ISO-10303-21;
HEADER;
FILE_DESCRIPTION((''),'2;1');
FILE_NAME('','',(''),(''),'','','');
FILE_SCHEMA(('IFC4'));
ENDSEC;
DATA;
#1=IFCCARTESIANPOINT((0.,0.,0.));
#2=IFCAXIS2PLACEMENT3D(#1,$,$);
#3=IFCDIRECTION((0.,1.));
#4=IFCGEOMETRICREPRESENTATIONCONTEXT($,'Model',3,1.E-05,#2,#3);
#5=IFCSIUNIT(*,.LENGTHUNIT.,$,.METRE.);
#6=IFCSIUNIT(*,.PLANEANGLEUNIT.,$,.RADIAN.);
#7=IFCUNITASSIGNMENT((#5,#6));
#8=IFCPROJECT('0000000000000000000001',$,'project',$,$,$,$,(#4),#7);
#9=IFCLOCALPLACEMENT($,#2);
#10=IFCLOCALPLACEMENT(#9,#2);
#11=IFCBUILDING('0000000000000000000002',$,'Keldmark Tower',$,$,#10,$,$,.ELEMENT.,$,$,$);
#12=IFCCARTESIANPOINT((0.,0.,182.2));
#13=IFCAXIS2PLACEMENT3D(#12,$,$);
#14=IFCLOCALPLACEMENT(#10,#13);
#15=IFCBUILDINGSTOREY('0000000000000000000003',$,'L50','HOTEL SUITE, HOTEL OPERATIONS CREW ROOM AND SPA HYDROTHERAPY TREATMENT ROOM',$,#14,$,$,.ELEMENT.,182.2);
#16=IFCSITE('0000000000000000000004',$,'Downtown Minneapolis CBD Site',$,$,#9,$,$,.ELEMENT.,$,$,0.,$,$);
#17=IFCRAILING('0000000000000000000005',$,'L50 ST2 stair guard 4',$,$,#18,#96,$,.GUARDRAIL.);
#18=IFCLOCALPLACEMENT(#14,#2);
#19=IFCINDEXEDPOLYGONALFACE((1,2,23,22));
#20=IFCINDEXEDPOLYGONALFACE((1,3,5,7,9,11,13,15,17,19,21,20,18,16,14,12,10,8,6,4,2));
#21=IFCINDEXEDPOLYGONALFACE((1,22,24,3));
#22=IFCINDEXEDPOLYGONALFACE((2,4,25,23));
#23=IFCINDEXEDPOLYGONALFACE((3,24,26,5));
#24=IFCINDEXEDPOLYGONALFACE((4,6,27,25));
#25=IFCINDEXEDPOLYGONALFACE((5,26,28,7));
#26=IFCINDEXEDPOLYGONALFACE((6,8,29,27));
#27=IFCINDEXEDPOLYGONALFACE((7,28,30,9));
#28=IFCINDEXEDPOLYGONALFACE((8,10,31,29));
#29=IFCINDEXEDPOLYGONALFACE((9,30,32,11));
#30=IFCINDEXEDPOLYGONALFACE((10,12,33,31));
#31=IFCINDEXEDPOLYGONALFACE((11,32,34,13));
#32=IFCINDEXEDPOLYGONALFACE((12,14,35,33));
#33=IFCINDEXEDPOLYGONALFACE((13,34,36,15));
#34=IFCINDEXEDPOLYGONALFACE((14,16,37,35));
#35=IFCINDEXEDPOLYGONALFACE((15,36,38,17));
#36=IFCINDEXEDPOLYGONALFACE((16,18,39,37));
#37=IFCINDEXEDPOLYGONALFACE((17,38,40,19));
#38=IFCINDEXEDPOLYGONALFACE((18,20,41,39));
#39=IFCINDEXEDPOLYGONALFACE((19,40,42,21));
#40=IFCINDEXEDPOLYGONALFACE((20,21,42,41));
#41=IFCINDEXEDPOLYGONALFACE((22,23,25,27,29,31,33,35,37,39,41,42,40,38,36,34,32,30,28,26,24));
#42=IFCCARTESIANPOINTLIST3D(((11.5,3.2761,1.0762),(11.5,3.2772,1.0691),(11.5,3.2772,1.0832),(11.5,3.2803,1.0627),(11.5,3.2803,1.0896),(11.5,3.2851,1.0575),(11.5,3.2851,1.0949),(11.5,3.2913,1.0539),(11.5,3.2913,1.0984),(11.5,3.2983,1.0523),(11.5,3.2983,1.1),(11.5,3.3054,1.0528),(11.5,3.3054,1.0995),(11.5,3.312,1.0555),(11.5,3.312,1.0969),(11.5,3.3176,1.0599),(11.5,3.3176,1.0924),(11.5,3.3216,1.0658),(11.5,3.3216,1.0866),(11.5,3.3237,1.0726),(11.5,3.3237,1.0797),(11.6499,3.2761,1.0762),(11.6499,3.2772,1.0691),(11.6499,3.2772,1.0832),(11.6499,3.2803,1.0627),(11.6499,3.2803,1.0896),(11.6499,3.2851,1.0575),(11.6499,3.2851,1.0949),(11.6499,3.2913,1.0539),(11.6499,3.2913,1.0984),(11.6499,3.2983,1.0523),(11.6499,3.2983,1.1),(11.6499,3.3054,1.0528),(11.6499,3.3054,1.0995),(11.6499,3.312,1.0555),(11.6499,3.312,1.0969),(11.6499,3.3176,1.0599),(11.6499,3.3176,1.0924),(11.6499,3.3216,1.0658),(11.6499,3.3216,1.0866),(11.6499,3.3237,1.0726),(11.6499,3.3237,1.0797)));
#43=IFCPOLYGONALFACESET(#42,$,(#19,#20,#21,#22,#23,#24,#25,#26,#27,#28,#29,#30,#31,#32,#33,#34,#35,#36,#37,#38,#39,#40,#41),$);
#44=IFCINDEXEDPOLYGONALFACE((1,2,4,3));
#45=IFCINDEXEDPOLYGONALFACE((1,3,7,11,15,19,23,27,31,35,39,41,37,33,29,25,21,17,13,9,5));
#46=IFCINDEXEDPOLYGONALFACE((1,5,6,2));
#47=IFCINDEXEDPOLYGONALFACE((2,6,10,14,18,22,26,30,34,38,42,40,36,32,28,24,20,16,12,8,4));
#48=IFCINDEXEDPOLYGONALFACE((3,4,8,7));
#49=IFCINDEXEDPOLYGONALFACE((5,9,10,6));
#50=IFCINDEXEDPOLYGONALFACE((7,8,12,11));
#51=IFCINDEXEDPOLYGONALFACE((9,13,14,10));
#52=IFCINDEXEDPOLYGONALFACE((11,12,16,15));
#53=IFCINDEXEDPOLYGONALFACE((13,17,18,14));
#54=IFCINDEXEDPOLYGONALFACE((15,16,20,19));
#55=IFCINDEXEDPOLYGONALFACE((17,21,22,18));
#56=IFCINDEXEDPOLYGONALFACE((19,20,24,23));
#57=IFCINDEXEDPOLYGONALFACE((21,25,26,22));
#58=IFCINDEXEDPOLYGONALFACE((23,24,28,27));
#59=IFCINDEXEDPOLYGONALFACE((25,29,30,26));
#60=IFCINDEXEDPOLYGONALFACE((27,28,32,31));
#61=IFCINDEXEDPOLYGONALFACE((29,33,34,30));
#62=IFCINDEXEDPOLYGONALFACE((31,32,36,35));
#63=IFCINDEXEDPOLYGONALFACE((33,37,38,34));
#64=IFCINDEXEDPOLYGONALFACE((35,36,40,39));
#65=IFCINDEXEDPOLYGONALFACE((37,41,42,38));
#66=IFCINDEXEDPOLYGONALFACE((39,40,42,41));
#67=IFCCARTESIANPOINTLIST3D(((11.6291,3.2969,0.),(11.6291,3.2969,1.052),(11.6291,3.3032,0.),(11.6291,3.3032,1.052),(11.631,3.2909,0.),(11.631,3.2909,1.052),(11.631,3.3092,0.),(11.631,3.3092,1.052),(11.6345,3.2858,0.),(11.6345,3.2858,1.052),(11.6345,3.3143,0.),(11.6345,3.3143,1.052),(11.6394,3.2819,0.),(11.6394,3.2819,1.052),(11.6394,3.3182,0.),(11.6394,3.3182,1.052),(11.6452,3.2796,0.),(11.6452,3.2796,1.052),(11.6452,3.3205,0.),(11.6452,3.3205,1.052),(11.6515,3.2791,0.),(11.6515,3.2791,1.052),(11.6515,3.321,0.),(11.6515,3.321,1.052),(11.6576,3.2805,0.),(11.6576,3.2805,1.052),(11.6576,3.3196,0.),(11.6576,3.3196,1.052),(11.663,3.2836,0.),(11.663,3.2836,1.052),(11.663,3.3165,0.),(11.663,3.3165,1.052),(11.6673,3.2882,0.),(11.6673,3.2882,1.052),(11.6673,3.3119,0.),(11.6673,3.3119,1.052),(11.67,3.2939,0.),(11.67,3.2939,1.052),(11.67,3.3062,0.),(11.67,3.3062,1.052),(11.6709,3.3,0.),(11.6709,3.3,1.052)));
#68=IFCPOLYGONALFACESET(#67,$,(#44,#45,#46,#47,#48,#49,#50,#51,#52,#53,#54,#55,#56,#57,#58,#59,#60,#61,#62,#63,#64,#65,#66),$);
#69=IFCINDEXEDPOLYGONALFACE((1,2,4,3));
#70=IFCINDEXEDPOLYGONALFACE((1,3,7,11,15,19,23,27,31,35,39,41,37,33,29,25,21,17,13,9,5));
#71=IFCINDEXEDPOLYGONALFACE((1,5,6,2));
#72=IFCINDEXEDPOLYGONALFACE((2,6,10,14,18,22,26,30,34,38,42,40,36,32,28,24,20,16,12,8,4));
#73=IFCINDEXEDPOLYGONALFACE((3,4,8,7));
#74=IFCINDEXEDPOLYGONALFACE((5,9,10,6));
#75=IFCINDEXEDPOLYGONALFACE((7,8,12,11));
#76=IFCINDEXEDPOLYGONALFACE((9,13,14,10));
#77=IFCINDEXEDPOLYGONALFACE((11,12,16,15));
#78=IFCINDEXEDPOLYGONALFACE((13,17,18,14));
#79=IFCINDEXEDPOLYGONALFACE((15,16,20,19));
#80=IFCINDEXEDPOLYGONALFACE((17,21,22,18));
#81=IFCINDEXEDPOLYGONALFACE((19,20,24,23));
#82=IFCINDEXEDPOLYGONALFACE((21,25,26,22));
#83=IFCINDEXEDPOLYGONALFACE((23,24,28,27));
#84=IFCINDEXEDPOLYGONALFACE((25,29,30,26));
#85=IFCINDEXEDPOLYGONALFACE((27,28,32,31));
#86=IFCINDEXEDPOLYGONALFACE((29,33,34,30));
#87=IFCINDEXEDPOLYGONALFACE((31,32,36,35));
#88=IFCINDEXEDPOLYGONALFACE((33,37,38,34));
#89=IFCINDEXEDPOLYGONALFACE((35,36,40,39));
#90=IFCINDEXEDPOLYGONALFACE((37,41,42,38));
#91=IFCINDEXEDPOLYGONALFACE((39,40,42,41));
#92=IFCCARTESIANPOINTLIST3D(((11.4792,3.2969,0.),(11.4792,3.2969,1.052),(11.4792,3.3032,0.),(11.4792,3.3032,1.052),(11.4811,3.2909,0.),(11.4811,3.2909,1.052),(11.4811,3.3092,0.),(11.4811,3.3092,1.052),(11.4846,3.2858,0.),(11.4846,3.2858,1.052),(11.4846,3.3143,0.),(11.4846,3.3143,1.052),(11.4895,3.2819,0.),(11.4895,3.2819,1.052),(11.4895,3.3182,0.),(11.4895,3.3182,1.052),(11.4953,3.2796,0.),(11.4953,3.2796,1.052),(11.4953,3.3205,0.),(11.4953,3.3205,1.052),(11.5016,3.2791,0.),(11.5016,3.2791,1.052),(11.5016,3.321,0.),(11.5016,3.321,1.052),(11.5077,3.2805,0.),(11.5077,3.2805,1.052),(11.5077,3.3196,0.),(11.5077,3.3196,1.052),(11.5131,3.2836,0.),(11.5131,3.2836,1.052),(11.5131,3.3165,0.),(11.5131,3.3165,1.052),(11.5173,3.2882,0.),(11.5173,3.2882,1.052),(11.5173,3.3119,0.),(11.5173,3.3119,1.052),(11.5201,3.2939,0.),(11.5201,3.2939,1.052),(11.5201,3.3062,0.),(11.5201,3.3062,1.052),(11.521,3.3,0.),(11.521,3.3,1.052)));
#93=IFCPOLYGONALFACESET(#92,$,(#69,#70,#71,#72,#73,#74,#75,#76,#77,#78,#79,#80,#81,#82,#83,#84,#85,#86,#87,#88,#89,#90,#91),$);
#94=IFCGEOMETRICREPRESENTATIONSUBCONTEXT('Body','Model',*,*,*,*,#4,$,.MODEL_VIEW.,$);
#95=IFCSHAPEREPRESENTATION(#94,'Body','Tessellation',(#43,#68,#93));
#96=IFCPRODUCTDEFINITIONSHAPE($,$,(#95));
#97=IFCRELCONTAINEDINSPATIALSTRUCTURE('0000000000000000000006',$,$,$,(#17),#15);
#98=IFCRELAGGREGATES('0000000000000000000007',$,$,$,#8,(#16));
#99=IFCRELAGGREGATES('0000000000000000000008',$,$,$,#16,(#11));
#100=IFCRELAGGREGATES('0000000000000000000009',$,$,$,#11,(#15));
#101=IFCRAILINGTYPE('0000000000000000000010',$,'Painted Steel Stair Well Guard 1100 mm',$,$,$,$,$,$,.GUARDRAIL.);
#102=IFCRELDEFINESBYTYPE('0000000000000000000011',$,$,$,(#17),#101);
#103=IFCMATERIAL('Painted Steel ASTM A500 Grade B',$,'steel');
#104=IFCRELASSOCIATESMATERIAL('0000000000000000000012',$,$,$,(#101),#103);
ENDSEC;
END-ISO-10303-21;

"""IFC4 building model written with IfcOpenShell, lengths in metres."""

from ifc_helpers import new_model, si_unit, direction, frame, origin, origin_2d, place, context, subcontext, project, spatial, circle, extrude, material, type_object, element, save


model = new_model("IFC4")

# Units and contexts
model_context = context("Model", 3, precision=1e-05, world=origin(), true_north=direction((0.0, 1.0)))
body_context = subcontext(model_context, "Body", "Model", "MODEL_VIEW")
ifc_project = project(units=[si_unit("LENGTHUNIT", "METRE"), si_unit("PLANEANGLEUNIT", "RADIAN")], contexts=[model_context])

# Site, building, storey
site_placement = place(None, origin())
site = spatial("IfcSite", under=ifc_project, at=site_placement, Name="Downtown Minneapolis CBD Site", CompositionType="ELEMENT", RefElevation=0.0)
building_placement = place(site_placement, origin())
building = spatial("IfcBuilding", under=site, at=building_placement, Name="Keldmark Tower", CompositionType="ELEMENT")
storey_placement = place(building_placement, frame((0.0, 0.0, 182.2)))
storey = spatial("IfcBuildingStorey", under=building, at=storey_placement, Name="L50", Description="HOTEL SUITE, HOTEL OPERATIONS CREW ROOM AND SPA HYDROTHERAPY TREATMENT ROOM", CompositionType="ELEMENT", Elevation=182.2)

# Railing
ifc_material_1 = material(Name="Painted Steel ASTM A500 Grade B", Category="steel")
railing_type_1 = type_object("IfcRailingType", Name="Painted Steel Stair Well Guard 1100 mm", PredefinedType="GUARDRAIL", material=ifc_material_1)
railing_1_placement = place(storey_placement, frame((11.6499, 3.3, 0.0)))
element("IfcRailing", 1, at=railing_1_placement, inside=storey, type_object=railing_type_1, Name="L50 ST2 stair guard 4", PredefinedType="GUARDRAIL", context=body_context, shape_type="SweptSolid", body=[
    extrude(circle(Radius=0.0239, at=origin_2d()), frame((0.0, 0.0, 1.0762), z_axis=(-1.0, 0.0, 0.0), x_axis=(0.0, -1.0, 0.0)), (0.0, 0.0, 1.0), 0.1499),
    extrude(circle(Radius=0.021, at=origin_2d()), origin(), (0.0, 0.0, 1.0), 1.052),
    extrude(circle(Radius=0.021, at=origin_2d()), frame((-0.1499, 0.0, 0.0)), (0.0, 0.0, 1.0), 1.052),
])

save(model, "model.ifc")
